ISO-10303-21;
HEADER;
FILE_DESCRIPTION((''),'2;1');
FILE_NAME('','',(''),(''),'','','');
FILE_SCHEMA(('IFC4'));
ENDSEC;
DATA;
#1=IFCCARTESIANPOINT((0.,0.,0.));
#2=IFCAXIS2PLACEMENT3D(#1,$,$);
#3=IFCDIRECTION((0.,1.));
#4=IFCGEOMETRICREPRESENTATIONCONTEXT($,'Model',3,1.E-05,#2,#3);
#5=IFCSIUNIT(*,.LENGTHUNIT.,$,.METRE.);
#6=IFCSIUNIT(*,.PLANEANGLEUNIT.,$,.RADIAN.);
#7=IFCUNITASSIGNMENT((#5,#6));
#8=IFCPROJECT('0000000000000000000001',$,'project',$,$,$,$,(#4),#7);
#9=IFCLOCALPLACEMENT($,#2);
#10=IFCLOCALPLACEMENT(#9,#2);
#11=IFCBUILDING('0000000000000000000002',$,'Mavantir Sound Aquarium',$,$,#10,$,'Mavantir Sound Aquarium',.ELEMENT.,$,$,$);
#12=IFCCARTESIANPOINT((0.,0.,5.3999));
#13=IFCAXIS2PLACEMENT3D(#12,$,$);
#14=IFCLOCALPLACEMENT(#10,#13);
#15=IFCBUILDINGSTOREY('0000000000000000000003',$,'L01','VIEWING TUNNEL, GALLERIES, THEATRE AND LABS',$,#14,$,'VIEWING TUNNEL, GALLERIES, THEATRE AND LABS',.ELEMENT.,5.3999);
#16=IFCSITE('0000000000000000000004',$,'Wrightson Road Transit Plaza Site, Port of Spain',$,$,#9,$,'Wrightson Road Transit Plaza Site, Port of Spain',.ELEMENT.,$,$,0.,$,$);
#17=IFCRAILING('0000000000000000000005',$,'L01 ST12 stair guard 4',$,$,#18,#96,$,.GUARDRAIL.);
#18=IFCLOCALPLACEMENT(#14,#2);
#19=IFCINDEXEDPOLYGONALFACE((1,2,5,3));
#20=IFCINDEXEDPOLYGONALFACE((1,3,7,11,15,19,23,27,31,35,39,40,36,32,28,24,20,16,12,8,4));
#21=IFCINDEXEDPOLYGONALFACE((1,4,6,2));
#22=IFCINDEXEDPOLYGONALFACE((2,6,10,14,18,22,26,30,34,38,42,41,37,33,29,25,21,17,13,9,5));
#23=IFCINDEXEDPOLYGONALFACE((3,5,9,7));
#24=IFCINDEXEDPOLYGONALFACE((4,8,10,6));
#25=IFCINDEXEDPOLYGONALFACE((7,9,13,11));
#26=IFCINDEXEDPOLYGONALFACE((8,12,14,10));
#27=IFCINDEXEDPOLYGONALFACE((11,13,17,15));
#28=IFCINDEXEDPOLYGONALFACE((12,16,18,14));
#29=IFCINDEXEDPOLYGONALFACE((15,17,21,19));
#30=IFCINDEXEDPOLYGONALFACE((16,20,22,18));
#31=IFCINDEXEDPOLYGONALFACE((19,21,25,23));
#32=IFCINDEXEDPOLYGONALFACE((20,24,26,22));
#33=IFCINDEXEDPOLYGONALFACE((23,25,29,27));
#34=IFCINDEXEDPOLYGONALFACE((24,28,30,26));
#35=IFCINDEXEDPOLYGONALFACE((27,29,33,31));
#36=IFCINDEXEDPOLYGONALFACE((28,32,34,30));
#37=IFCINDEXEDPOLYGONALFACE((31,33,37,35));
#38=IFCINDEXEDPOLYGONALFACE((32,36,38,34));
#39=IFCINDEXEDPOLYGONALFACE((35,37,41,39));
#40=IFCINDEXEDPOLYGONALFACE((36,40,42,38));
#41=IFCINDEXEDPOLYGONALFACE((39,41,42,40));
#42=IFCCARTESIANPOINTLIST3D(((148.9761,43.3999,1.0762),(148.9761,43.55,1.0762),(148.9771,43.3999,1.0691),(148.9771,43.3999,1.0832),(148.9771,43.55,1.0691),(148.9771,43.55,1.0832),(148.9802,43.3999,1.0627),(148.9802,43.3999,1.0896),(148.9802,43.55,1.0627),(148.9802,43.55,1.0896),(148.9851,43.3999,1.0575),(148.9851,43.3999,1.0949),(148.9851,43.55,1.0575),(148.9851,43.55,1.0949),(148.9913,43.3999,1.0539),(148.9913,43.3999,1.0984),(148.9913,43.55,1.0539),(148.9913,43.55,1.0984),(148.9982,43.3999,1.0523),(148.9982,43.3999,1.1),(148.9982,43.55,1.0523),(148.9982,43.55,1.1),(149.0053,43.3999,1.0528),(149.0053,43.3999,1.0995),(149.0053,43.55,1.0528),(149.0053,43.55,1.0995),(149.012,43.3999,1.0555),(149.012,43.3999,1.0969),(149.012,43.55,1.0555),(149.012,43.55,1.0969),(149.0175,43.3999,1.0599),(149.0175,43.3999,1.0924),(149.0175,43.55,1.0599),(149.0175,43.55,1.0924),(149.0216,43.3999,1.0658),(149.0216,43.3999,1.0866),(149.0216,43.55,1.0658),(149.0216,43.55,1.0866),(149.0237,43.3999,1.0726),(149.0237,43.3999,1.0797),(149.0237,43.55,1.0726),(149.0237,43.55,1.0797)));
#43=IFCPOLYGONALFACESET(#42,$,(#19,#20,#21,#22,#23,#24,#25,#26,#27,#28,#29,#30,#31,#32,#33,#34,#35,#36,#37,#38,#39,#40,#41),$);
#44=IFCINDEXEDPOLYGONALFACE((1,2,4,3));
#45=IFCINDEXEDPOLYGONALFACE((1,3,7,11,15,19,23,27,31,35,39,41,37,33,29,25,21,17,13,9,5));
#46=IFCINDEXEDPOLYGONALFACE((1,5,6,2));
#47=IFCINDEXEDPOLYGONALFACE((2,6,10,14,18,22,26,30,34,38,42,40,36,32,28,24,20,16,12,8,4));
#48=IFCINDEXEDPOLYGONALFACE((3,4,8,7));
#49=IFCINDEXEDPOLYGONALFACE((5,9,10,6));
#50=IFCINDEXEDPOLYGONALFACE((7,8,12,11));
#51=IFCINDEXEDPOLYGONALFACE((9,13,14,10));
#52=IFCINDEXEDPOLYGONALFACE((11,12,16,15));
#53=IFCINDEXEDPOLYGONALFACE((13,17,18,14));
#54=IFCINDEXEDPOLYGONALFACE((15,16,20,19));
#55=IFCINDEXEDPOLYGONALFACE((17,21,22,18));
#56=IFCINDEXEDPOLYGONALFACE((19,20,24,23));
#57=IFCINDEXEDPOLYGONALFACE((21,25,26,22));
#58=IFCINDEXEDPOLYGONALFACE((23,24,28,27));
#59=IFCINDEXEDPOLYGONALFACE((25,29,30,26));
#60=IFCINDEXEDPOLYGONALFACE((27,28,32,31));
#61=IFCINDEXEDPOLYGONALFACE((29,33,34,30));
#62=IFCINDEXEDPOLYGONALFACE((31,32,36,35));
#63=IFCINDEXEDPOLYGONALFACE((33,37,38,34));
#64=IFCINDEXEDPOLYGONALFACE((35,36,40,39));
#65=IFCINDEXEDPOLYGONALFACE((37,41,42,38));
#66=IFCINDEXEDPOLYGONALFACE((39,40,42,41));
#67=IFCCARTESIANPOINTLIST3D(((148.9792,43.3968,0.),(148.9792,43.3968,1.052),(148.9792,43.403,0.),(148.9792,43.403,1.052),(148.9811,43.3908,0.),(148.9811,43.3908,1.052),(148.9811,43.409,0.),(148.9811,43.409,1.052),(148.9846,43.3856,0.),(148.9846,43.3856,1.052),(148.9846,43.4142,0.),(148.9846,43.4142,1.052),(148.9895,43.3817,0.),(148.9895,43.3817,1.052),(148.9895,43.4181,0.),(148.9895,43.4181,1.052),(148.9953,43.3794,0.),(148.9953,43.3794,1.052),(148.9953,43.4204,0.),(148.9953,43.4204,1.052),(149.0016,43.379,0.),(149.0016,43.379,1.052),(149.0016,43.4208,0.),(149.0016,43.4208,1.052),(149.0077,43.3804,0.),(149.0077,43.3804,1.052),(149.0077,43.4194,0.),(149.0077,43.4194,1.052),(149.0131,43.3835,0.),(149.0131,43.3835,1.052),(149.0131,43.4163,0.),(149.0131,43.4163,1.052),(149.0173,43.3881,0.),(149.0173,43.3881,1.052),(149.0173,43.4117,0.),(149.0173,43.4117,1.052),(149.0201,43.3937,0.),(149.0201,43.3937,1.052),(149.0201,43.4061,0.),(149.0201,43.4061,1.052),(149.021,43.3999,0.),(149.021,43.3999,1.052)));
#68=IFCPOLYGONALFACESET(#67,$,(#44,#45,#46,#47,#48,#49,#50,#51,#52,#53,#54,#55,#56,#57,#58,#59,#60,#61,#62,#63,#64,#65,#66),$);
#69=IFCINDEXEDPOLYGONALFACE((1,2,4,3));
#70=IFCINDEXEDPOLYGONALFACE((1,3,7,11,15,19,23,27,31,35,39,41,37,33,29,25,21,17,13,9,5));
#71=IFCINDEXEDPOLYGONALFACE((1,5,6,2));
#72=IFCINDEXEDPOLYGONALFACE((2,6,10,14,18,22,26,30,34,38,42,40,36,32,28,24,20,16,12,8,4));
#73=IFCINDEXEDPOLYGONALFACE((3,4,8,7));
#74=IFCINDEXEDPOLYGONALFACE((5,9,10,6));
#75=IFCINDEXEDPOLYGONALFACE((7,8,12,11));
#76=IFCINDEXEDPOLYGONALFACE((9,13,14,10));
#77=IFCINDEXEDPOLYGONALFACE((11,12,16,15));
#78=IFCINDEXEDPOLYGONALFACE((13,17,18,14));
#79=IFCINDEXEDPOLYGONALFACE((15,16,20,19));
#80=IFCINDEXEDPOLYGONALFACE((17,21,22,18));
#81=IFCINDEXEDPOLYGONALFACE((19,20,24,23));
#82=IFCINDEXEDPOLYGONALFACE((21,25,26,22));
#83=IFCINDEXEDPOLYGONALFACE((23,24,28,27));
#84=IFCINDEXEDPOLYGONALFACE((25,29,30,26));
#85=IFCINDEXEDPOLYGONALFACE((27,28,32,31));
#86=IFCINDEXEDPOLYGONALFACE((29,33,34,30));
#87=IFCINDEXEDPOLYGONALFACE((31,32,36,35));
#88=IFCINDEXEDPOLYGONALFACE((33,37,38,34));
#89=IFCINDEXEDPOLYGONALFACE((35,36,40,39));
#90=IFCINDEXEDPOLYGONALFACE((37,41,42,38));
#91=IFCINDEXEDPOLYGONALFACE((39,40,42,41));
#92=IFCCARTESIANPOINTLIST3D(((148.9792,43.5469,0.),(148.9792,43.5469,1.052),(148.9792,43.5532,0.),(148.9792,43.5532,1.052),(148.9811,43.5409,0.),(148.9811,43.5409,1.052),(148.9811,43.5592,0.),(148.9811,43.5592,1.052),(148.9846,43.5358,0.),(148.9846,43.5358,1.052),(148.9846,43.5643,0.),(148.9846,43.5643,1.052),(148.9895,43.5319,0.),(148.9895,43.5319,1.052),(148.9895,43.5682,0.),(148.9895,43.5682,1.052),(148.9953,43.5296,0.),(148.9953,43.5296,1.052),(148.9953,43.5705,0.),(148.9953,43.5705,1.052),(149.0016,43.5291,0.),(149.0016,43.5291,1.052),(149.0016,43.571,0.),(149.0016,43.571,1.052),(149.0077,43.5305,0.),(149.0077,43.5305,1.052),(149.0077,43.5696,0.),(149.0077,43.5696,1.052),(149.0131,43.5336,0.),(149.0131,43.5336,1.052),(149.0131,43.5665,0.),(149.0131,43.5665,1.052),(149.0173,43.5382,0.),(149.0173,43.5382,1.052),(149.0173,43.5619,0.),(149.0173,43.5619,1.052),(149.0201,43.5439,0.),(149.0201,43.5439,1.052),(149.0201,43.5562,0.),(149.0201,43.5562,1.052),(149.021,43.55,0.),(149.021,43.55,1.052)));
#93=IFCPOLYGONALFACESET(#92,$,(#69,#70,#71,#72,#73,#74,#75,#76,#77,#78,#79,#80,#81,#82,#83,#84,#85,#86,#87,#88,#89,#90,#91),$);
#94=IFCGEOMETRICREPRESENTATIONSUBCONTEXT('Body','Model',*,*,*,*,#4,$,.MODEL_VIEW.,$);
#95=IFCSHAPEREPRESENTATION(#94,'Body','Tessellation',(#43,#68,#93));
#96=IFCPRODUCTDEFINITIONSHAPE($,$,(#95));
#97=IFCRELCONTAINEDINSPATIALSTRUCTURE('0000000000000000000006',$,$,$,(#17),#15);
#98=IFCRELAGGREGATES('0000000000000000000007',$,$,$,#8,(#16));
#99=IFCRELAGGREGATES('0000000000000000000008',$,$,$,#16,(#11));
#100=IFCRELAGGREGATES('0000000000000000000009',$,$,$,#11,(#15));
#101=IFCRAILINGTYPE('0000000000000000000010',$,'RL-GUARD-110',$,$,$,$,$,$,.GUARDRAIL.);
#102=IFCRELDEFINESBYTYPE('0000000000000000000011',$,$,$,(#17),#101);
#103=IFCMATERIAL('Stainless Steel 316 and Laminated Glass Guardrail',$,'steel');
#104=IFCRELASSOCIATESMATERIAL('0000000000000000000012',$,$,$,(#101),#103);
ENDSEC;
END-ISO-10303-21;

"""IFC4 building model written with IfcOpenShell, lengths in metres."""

from ifc_helpers import new_model, si_unit, direction, frame, origin, origin_2d, place, context, subcontext, project, spatial, circle, extrude, material, type_object, element, save


model = new_model("IFC4")

# Units and contexts
model_context = context("Model", 3, precision=1e-05, world=origin(), true_north=direction((0.0, 1.0)))
body_context = subcontext(model_context, "Body", "Model", "MODEL_VIEW")
ifc_project = project(units=[si_unit("LENGTHUNIT", "METRE"), si_unit("PLANEANGLEUNIT", "RADIAN")], contexts=[model_context])

# Site, building, storey
site_placement = place(None, origin())
site = spatial("IfcSite", under=ifc_project, at=site_placement, Name="Wrightson Road Transit Plaza Site, Port of Spain", LongName="Wrightson Road Transit Plaza Site, Port of Spain", CompositionType="ELEMENT", RefElevation=0.0)
building_placement = place(site_placement, origin())
building = spatial("IfcBuilding", under=site, at=building_placement, Name="Mavantir Sound Aquarium", LongName="Mavantir Sound Aquarium", CompositionType="ELEMENT")
storey_placement = place(building_placement, frame((0.0, 0.0, 5.3999)))
storey = spatial("IfcBuildingStorey", under=building, at=storey_placement, Name="L01", Description="VIEWING TUNNEL, GALLERIES, THEATRE AND LABS", LongName="VIEWING TUNNEL, GALLERIES, THEATRE AND LABS", CompositionType="ELEMENT", Elevation=5.3999)

# Railing
ifc_material_1 = material(Name="Stainless Steel 316 and Laminated Glass Guardrail", Category="steel")
railing_type_1 = type_object("IfcRailingType", Name="RL-GUARD-110", PredefinedType="GUARDRAIL", material=ifc_material_1)
railing_1_placement = place(storey_placement, frame((149.0, 43.3999, 0.0)))
element("IfcRailing", 1, at=railing_1_placement, inside=storey, type_object=railing_type_1, Name="L01 ST12 stair guard 4", PredefinedType="GUARDRAIL", context=body_context, shape_type="SweptSolid", body=[
    extrude(circle(Radius=0.0239, at=origin_2d()), frame((0.0, 0.0, 1.0762), z_axis=(0.0, 1.0, 0.0), x_axis=(-1.0, 0.0, 0.0)), (0.0, 0.0, 1.0), 0.1501),
    extrude(circle(Radius=0.021, at=origin_2d()), origin(), (0.0, 0.0, 1.0), 1.052),
    extrude(circle(Radius=0.021, at=origin_2d()), frame((0.0, 0.1501, 0.0)), (0.0, 0.0, 1.0), 1.052),
])

save(model, "model.ifc")
